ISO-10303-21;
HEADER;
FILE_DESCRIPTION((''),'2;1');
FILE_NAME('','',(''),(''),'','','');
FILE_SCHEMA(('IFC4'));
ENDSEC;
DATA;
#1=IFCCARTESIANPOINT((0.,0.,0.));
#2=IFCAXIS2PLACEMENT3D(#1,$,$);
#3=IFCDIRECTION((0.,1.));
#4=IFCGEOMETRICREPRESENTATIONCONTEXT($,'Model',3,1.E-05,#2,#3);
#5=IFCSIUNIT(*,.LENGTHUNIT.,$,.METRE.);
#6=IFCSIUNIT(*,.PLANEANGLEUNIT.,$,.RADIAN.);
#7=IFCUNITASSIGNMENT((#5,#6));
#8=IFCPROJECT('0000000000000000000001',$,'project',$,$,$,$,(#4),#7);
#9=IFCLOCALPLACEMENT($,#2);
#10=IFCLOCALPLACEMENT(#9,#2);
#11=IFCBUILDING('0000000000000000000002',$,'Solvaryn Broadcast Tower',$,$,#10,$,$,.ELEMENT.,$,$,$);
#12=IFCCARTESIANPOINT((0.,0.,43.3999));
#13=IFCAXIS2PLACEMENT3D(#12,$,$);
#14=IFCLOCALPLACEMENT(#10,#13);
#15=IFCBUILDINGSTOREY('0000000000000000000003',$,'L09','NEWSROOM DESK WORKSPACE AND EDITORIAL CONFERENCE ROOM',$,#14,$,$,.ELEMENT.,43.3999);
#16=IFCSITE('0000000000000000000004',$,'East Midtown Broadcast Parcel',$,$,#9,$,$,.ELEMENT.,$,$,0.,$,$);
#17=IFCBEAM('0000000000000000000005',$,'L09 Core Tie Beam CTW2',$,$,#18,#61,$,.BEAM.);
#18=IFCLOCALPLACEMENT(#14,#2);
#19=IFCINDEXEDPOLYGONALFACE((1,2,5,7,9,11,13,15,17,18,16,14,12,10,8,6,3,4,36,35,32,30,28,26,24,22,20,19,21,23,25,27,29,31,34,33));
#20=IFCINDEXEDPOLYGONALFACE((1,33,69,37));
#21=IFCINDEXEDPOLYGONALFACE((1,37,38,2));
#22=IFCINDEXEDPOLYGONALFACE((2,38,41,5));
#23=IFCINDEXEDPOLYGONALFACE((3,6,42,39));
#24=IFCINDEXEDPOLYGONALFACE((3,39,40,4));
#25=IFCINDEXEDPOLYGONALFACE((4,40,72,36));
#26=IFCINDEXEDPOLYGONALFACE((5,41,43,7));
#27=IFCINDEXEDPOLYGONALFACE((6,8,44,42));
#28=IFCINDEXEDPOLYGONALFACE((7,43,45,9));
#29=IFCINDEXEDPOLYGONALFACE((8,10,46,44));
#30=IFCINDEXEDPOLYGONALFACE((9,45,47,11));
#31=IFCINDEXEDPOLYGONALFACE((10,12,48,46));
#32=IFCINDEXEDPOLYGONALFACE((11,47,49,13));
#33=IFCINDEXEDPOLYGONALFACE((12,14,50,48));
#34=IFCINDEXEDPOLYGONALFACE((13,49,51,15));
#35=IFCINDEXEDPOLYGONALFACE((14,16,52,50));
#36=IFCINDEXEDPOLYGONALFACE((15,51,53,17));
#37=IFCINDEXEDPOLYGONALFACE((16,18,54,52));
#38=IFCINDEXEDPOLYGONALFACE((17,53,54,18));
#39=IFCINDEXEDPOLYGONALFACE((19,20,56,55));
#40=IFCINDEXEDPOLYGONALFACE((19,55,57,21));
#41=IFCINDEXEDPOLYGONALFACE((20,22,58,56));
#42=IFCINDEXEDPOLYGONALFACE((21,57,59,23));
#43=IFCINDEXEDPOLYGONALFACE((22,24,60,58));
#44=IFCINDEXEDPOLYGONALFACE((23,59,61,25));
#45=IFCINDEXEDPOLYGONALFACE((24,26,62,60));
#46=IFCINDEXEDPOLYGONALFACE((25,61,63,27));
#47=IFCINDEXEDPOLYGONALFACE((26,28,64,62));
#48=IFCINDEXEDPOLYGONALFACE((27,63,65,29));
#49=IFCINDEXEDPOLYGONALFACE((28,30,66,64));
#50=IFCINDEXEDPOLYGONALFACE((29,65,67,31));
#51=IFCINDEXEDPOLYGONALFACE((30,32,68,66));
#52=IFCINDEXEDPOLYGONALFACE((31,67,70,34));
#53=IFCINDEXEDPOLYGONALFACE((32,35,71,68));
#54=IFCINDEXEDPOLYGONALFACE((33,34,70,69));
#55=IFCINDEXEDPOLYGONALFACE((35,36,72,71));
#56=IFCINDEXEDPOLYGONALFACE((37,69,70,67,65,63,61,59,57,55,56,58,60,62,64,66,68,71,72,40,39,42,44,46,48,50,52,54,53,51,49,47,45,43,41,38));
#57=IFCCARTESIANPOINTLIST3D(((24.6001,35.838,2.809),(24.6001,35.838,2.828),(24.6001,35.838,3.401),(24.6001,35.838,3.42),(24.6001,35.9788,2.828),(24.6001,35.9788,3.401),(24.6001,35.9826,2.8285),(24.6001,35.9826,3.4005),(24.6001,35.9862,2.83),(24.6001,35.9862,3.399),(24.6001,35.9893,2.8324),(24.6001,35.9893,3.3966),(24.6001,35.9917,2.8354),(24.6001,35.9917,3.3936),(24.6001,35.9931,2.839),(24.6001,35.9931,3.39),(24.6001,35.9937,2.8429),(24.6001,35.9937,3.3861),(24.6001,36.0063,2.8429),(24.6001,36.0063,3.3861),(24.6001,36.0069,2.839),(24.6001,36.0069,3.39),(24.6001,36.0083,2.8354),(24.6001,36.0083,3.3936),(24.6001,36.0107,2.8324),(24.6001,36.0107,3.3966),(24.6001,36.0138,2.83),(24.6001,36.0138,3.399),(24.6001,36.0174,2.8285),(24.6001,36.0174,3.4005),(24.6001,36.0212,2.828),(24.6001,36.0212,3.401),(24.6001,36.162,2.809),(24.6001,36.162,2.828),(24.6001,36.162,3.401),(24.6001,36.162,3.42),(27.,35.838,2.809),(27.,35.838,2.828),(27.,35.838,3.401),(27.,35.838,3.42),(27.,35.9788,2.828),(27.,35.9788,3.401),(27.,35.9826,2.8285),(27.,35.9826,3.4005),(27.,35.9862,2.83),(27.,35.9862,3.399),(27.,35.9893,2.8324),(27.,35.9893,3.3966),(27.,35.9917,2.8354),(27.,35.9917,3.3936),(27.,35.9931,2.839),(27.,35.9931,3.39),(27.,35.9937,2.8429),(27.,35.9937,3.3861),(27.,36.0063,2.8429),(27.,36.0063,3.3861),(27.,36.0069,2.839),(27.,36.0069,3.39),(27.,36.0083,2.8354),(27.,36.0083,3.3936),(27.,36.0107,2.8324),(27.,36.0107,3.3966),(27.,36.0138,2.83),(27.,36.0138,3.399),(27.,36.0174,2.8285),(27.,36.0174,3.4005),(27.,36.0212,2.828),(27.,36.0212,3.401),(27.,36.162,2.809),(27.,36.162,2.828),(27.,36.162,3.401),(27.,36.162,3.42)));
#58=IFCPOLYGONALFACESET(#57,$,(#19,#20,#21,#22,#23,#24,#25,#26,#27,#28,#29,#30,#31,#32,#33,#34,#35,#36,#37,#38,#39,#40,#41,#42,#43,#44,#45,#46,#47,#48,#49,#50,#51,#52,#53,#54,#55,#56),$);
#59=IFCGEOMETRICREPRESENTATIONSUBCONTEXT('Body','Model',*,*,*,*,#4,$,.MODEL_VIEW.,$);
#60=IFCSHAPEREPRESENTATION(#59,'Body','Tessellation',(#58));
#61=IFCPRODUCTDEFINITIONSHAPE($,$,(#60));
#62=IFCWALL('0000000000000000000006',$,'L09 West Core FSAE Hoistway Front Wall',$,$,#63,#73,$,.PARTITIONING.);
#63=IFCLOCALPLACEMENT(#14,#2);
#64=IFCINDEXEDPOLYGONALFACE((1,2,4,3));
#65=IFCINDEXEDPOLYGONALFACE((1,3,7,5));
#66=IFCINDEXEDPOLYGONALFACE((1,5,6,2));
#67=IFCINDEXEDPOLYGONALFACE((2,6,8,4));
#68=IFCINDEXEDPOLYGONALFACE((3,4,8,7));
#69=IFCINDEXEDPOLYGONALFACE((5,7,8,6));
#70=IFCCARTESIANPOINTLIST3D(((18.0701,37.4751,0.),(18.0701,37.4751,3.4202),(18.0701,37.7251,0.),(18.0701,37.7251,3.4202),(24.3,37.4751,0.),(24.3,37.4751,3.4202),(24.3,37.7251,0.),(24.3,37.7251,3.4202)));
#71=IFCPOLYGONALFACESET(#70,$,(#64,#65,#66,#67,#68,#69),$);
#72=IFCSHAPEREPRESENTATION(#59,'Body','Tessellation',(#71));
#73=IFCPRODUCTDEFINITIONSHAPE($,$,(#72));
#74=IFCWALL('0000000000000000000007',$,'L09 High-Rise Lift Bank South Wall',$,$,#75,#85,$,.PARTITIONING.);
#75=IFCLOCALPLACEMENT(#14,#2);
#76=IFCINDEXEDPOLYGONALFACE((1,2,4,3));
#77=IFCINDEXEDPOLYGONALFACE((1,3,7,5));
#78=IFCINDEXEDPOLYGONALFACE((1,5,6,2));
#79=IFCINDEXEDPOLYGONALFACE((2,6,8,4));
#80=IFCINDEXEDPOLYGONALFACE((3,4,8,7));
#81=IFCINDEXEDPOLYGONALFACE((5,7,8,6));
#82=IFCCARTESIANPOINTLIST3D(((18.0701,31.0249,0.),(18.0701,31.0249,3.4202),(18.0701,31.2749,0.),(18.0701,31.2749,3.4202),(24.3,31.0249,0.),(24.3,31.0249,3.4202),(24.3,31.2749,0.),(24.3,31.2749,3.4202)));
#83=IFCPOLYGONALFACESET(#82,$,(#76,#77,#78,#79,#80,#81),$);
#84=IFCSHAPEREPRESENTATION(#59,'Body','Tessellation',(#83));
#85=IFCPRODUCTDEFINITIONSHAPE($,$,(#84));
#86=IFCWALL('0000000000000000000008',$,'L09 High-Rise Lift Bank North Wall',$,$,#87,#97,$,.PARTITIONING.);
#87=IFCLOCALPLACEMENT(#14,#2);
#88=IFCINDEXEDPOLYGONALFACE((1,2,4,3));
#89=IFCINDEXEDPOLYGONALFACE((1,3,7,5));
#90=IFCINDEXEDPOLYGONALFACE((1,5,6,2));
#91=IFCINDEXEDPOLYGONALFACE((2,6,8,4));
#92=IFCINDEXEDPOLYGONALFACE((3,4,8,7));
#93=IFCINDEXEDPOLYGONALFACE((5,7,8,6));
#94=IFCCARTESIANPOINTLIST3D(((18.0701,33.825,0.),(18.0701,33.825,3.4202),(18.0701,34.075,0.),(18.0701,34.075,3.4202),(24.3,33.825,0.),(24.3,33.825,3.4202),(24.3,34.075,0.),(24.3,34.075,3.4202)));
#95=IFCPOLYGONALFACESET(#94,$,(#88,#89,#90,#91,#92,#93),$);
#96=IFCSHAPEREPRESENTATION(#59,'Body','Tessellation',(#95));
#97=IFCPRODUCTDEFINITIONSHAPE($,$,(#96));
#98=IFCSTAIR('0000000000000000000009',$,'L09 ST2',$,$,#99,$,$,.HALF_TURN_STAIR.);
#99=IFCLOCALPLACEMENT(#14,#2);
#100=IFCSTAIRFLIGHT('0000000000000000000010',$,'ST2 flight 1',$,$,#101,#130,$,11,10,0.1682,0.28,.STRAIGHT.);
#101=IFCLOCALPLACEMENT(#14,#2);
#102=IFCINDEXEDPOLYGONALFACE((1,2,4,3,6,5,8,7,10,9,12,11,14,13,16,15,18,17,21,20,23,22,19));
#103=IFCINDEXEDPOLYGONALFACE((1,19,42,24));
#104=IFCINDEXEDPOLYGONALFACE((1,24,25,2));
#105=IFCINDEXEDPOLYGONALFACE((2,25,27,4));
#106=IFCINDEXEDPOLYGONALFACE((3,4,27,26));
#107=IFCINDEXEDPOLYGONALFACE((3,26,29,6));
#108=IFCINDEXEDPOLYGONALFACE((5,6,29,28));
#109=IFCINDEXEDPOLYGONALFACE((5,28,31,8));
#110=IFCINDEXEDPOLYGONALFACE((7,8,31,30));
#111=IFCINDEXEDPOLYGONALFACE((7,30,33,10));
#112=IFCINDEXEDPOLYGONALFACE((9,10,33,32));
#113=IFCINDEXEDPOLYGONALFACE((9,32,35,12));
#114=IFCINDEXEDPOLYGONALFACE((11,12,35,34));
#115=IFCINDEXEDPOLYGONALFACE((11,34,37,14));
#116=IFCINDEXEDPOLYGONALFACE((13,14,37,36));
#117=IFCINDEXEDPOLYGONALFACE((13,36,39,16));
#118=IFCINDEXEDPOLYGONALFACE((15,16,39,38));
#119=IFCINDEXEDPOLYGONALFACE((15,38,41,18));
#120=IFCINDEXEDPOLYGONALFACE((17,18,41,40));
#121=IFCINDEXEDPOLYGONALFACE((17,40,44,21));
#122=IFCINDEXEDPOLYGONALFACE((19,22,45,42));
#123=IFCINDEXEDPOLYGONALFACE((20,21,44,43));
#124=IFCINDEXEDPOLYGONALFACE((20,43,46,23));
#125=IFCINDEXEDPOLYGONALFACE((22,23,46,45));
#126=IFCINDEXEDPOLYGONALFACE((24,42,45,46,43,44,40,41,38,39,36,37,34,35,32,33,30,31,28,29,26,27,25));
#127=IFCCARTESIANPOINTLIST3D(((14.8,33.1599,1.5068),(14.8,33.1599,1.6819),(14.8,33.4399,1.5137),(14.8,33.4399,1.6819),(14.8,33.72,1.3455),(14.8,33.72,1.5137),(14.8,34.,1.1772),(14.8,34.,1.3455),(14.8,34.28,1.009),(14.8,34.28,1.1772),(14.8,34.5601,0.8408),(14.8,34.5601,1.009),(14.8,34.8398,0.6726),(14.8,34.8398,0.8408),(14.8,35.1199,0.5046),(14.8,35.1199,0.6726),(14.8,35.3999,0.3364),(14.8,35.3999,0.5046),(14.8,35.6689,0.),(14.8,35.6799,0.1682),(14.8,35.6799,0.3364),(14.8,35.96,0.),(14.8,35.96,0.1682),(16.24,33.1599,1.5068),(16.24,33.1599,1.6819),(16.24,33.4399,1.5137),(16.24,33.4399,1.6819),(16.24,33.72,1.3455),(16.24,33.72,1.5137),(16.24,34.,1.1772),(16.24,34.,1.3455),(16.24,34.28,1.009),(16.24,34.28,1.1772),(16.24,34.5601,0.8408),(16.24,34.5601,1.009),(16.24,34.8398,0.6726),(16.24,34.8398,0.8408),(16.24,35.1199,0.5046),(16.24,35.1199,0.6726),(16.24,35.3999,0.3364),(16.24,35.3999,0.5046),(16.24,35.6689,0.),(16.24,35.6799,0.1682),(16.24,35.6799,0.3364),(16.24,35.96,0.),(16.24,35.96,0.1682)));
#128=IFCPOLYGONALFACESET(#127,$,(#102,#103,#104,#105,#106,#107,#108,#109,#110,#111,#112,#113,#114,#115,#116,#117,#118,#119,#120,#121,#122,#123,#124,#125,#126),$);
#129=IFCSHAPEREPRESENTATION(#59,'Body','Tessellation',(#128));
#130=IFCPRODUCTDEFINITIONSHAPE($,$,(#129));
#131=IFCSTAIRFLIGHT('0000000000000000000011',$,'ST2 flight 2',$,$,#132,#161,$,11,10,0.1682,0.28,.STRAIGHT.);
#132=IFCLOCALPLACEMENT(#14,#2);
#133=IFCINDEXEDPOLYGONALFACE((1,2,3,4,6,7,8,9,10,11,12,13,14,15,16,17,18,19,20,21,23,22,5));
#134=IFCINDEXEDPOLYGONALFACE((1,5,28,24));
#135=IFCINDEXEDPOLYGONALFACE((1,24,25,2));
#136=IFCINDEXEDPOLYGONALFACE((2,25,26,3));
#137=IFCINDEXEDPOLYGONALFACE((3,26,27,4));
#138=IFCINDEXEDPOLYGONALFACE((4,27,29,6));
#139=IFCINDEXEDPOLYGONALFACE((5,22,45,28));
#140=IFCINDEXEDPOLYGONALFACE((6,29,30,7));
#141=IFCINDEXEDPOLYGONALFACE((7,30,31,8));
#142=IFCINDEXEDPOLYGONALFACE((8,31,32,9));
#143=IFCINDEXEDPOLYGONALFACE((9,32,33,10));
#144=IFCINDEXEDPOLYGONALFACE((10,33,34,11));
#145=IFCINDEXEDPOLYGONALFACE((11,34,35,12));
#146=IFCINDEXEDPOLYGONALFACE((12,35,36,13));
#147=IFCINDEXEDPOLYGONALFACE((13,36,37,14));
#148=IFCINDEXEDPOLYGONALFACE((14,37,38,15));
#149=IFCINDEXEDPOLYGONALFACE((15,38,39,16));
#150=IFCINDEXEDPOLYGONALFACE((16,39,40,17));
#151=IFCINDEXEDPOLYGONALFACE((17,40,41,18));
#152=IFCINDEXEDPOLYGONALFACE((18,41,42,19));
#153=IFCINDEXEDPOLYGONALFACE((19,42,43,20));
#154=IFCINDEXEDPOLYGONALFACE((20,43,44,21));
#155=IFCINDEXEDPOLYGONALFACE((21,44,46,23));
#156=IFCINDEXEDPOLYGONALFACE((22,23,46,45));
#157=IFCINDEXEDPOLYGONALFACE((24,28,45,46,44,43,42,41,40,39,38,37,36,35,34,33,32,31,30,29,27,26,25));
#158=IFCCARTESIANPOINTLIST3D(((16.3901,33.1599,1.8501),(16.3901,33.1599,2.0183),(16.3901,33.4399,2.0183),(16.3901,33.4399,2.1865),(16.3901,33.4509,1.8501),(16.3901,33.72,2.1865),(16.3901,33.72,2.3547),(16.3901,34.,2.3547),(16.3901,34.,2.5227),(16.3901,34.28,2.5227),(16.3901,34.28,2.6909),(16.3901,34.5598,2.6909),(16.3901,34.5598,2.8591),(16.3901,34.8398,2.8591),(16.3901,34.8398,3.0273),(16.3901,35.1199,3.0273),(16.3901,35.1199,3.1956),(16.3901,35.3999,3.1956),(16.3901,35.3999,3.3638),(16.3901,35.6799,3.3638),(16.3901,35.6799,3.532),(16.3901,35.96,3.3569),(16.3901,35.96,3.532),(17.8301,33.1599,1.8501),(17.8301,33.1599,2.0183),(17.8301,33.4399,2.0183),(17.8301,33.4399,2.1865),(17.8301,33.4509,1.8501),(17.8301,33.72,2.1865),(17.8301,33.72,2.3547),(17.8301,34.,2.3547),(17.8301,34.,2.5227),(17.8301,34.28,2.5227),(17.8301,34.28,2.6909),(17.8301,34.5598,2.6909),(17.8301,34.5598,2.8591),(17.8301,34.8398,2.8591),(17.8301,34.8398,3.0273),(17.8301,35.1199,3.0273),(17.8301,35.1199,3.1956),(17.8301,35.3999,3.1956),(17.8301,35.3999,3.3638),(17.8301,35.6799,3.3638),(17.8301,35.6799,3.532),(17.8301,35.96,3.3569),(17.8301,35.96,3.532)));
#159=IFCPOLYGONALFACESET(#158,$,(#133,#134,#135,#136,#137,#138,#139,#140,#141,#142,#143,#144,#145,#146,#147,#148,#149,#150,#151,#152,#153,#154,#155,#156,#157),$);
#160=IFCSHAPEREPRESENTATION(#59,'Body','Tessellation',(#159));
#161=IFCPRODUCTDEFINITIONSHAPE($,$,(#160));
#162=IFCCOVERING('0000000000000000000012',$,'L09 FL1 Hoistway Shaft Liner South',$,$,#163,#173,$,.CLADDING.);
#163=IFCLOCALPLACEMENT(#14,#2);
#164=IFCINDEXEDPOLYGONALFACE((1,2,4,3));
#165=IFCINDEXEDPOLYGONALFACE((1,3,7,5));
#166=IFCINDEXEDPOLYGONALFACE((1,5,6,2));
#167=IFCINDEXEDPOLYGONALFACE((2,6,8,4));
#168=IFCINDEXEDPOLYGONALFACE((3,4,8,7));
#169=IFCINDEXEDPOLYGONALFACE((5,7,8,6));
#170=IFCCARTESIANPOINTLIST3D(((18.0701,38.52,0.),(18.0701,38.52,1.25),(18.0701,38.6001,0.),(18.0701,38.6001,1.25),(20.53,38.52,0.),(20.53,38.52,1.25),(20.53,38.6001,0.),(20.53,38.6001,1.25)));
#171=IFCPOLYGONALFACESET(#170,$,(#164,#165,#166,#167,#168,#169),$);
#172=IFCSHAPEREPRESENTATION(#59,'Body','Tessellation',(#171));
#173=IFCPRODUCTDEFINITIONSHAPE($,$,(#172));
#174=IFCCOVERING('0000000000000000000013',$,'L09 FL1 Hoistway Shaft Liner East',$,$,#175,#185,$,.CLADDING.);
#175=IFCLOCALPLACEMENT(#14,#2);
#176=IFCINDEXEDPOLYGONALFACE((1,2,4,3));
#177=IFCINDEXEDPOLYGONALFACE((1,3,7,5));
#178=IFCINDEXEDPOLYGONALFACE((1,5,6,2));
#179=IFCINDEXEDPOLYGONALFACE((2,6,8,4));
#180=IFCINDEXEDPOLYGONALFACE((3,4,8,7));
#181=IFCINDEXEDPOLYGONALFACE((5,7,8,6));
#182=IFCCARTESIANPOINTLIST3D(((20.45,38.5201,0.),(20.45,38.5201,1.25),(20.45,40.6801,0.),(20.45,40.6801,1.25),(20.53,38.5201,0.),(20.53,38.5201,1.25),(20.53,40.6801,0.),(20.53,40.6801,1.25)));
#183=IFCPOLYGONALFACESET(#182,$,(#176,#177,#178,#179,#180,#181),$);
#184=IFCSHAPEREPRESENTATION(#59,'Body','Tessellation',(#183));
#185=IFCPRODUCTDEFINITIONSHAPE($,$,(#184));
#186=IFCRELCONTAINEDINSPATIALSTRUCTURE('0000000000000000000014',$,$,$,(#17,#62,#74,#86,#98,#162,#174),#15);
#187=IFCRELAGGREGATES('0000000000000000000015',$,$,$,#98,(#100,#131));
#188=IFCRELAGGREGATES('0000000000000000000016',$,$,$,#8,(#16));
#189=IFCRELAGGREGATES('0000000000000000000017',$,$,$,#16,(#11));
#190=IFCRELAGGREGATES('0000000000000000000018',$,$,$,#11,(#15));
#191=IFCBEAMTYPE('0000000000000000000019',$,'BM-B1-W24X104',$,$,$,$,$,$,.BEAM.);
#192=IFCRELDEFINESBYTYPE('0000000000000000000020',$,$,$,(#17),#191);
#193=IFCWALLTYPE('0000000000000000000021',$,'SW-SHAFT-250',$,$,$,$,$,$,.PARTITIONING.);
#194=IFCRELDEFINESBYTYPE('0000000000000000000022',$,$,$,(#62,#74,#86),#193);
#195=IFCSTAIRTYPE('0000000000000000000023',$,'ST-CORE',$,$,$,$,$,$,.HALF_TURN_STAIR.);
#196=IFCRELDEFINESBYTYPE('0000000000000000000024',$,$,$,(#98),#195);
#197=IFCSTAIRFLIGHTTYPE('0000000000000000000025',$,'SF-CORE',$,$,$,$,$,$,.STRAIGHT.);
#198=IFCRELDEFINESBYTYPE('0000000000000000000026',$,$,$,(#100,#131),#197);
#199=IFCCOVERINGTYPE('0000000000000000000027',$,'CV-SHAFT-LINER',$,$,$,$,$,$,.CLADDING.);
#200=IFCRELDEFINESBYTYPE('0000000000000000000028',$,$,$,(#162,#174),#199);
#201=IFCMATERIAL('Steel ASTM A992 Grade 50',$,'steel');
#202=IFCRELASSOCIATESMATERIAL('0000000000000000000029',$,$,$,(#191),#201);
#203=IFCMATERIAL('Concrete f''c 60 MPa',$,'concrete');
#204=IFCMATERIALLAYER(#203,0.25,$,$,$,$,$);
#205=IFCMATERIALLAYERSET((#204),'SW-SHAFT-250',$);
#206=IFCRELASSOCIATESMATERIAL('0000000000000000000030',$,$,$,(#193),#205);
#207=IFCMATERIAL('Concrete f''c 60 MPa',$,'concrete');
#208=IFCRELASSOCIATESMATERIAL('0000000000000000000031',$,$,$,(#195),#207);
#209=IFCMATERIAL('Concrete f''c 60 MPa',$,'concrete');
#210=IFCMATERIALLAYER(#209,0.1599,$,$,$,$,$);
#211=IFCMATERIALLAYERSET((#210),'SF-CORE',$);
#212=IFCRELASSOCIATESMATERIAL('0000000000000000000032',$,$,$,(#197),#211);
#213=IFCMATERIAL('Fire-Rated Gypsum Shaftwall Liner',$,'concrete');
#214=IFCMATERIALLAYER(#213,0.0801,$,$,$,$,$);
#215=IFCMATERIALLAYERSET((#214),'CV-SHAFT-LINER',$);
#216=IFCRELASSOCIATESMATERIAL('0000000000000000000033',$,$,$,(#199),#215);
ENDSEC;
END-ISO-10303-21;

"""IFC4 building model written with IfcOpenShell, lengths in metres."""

from ifc_helpers import new_model, si_unit, direction, frame, frame_2d, origin, origin_2d, place, context, subcontext, project, spatial, polyline, rectangle, i_section, outline, extrude, material, layer, layer_set, material_profile, profile_set, type_object, element, aggregate, save


model = new_model("IFC4")

# Units and contexts
model_context = context("Model", 3, precision=1e-05, world=origin(), true_north=direction((0.0, 1.0)))
body_context = subcontext(model_context, "Body", "Model", "MODEL_VIEW")
ifc_project = project(units=[si_unit("LENGTHUNIT", "METRE"), si_unit("PLANEANGLEUNIT", "RADIAN")], contexts=[model_context])

# Site, building, storey
site_placement = place(None, origin())
site = spatial("IfcSite", under=ifc_project, at=site_placement, Name="East Midtown Broadcast Parcel", CompositionType="ELEMENT", RefElevation=0.0)
building_placement = place(site_placement, origin())
building = spatial("IfcBuilding", under=site, at=building_placement, Name="Solvaryn Broadcast Tower", CompositionType="ELEMENT")
storey_placement = place(building_placement, frame((0.0, 0.0, 43.3999)))
storey = spatial("IfcBuildingStorey", under=building, at=storey_placement, Name="L09", Description="NEWSROOM DESK WORKSPACE AND EDITORIAL CONFERENCE ROOM", CompositionType="ELEMENT", Elevation=43.3999)

# Beam
ifc_material_1 = material(Name="Steel ASTM A992 Grade 50", Category="steel")
ifc_material_profile = material_profile(ifc_material_1, i_section(OverallWidth=0.324, OverallDepth=0.6111, WebThickness=0.0127, FlangeThickness=0.019, FilletRadius=0.0149, at=origin_2d()))
ifc_profile_set = profile_set([ifc_material_profile], Name="Steel ASTM A992 Grade 50")
beam_type = type_object("IfcBeamType", Name="BM-B1-W24X104", PredefinedType="BEAM", material=ifc_profile_set)
beam_placement = place(storey_placement, frame((24.6001, 36.0, 3.1145), z_axis=(1.0, 0.0, 0.0), x_axis=(0.0, 1.0, 0.0)))
element("IfcBeam", 1, at=beam_placement, inside=storey, type_object=beam_type, Name="L09 Core Tie Beam CTW2", PredefinedType="BEAM", context=body_context, shape_type="SweptSolid", body=[
    extrude(i_section(OverallWidth=0.324, OverallDepth=0.6111, WebThickness=0.0127, FlangeThickness=0.019, FilletRadius=0.0149, at=origin_2d()), origin(), (0.0, 0.0, 1.0), 2.3999),
])

# Walls
ifc_material_2 = material(Name="Concrete f'c 60 MPa", Category="concrete")
ifc_layer_1 = layer(ifc_material_2, 0.25)
ifc_layer_set_1 = layer_set([ifc_layer_1], Name="SW-SHAFT-250")
wall_type_1 = type_object("IfcWallType", Name="SW-SHAFT-250", PredefinedType="PARTITIONING", material=ifc_layer_set_1)
for number, where, z_axis, x_axis, name in (
    (2, (18.0701, 37.6001, 0.0), (0.0, 0.0, 1.0), (1.0, 0.0, 0.0), "L09 West Core FSAE Hoistway Front Wall"),
    (3, (18.0701, 31.1499, 0.0), (0.0, 0.0, 1.0), (1.0, 0.0, 0.0), "L09 High-Rise Lift Bank South Wall"),
    (4, (24.3, 33.95, 0.0), (0.0, 0.0, 1.0), (-1.0, 0.0, 0.0), "L09 High-Rise Lift Bank North Wall"),
):
    element("IfcWall", number, at=place(storey_placement, frame(where, z_axis=z_axis, x_axis=x_axis)), inside=storey, type_object=wall_type_1, Name=name, PredefinedType="PARTITIONING", context=body_context, shape_type="SweptSolid", body=[
        extrude(rectangle(XDim=6.23, YDim=0.25, at=frame_2d((3.115, 0.0))), origin(), (0.0, 0.0, 1.0), 3.4202),
    ])

# Stair, stair flights
ifc_material_3 = material(Name="Concrete f'c 60 MPa", Category="concrete")
stair_type = type_object("IfcStairType", Name="ST-CORE", PredefinedType="HALF_TURN_STAIR", material=ifc_material_3)
stair_placement = place(storey_placement, origin())
stair = element("IfcStair", 5, at=stair_placement, inside=storey, type_object=stair_type, Name="L09 ST2", PredefinedType="HALF_TURN_STAIR")
ifc_material_4 = material(Name="Concrete f'c 60 MPa", Category="concrete")
ifc_layer_2 = layer(ifc_material_4, 0.1599)
ifc_layer_set_2 = layer_set([ifc_layer_2], Name="SF-CORE")
stair_flight_type = type_object("IfcStairFlightType", Name="SF-CORE", PredefinedType="STRAIGHT", material=ifc_layer_set_2)
stair_flight_1_placement = place(storey_placement, frame((15.52, 35.96, 0.0), z_axis=(0.0, 0.0, 1.0), x_axis=(0.0, -1.0, 0.0)))
stair_flight_1 = element("IfcStairFlight", 6, at=stair_flight_1_placement, type_object=stair_flight_type, Name="ST2 flight 1", NumberOfRisers=11, NumberOfTreads=10, PredefinedType="STRAIGHT", RiserHeight=0.1682, TreadLength=0.28, context=body_context, shape_type="SweptSolid", body=[
    extrude(outline(polyline([(0.0, 0.0), (0.0, 0.1682), (0.28, 0.1682), (0.28, 0.3364), (0.5601, 0.3364), (0.5601, 0.5046), (0.8401, 0.5046), (0.8401, 0.6726), (1.1201, 0.6726), (1.1201, 0.8408), (1.3999, 0.8408), (1.3999, 1.009), (1.6799, 1.009), (1.6799, 1.1772), (1.96, 1.1772), (1.96, 1.3455), (2.24, 1.3455), (2.24, 1.5137), (2.52, 1.5137), (2.52, 1.6819), (2.8, 1.6819), (2.8, 1.8501), (2.8, 1.5068), (0.291, 0.0), (0.0, 0.0)])), frame((0.0, 0.72, 0.0), z_axis=(0.0, -1.0, 0.0), x_axis=(1.0, 0.0, 0.0)), (0.0, 0.0, 1.0), 1.4399),
])
stair_flight_2_placement = place(storey_placement, frame((17.1101, 33.1599, 1.8501), z_axis=(0.0, 0.0, 1.0), x_axis=(0.0, 1.0, 0.0)))
stair_flight_2 = element("IfcStairFlight", 7, at=stair_flight_2_placement, type_object=stair_flight_type, Name="ST2 flight 2", NumberOfRisers=11, NumberOfTreads=10, PredefinedType="STRAIGHT", RiserHeight=0.1682, TreadLength=0.28, context=body_context, shape_type="SweptSolid", body=[
    extrude(outline(polyline([(0.0, 0.0), (0.0, 0.1682), (0.28, 0.1682), (0.28, 0.3364), (0.5601, 0.3364), (0.5601, 0.5046), (0.8401, 0.5046), (0.8401, 0.6726), (1.1201, 0.6726), (1.1201, 0.8408), (1.3999, 0.8408), (1.3999, 1.009), (1.6799, 1.009), (1.6799, 1.1772), (1.96, 1.1772), (1.96, 1.3455), (2.24, 1.3455), (2.24, 1.5137), (2.52, 1.5137), (2.52, 1.6819), (2.8, 1.6819), (2.8, 1.8501), (2.8, 1.5068), (0.291, 0.0), (0.0, 0.0)])), frame((0.0, 0.72, 0.0), z_axis=(0.0, -1.0, 0.0), x_axis=(1.0, 0.0, 0.0)), (0.0, 0.0, 1.0), 1.4399),
])
aggregate(stair, [stair_flight_1, stair_flight_2])

# Coverings
ifc_material_5 = material(Name="Fire-Rated Gypsum Shaftwall Liner", Category="concrete")
ifc_layer_3 = layer(ifc_material_5, 0.0801)
ifc_layer_set_3 = layer_set([ifc_layer_3], Name="CV-SHAFT-LINER")
covering_type = type_object("IfcCoveringType", Name="CV-SHAFT-LINER", PredefinedType="CLADDING", material=ifc_layer_set_3)
covering_1_placement = place(storey_placement, frame((19.3, 38.5601, 0.0), z_axis=(0.0, 0.0, 1.0), x_axis=(1.0, 0.0, 0.0)))
element("IfcCovering", 8, at=covering_1_placement, inside=storey, type_object=covering_type, Name="L09 FL1 Hoistway Shaft Liner South", PredefinedType="CLADDING", context=body_context, shape_type="SweptSolid", body=[
    extrude(rectangle(XDim=2.46, YDim=0.0801, at=origin_2d()), origin(), (0.0, 0.0, 1.0), 1.25),
])
covering_2_placement = place(storey_placement, frame((20.49, 39.6001, 0.0), z_axis=(0.0, 0.0, 1.0), x_axis=(1.0, 0.0, 0.0)))
element("IfcCovering", 9, at=covering_2_placement, inside=storey, type_object=covering_type, Name="L09 FL1 Hoistway Shaft Liner East", PredefinedType="CLADDING", context=body_context, shape_type="SweptSolid", body=[
    extrude(rectangle(XDim=0.0801, YDim=2.1599, at=origin_2d()), origin(), (0.0, 0.0, 1.0), 1.25),
])

save(model, "model.ifc")
